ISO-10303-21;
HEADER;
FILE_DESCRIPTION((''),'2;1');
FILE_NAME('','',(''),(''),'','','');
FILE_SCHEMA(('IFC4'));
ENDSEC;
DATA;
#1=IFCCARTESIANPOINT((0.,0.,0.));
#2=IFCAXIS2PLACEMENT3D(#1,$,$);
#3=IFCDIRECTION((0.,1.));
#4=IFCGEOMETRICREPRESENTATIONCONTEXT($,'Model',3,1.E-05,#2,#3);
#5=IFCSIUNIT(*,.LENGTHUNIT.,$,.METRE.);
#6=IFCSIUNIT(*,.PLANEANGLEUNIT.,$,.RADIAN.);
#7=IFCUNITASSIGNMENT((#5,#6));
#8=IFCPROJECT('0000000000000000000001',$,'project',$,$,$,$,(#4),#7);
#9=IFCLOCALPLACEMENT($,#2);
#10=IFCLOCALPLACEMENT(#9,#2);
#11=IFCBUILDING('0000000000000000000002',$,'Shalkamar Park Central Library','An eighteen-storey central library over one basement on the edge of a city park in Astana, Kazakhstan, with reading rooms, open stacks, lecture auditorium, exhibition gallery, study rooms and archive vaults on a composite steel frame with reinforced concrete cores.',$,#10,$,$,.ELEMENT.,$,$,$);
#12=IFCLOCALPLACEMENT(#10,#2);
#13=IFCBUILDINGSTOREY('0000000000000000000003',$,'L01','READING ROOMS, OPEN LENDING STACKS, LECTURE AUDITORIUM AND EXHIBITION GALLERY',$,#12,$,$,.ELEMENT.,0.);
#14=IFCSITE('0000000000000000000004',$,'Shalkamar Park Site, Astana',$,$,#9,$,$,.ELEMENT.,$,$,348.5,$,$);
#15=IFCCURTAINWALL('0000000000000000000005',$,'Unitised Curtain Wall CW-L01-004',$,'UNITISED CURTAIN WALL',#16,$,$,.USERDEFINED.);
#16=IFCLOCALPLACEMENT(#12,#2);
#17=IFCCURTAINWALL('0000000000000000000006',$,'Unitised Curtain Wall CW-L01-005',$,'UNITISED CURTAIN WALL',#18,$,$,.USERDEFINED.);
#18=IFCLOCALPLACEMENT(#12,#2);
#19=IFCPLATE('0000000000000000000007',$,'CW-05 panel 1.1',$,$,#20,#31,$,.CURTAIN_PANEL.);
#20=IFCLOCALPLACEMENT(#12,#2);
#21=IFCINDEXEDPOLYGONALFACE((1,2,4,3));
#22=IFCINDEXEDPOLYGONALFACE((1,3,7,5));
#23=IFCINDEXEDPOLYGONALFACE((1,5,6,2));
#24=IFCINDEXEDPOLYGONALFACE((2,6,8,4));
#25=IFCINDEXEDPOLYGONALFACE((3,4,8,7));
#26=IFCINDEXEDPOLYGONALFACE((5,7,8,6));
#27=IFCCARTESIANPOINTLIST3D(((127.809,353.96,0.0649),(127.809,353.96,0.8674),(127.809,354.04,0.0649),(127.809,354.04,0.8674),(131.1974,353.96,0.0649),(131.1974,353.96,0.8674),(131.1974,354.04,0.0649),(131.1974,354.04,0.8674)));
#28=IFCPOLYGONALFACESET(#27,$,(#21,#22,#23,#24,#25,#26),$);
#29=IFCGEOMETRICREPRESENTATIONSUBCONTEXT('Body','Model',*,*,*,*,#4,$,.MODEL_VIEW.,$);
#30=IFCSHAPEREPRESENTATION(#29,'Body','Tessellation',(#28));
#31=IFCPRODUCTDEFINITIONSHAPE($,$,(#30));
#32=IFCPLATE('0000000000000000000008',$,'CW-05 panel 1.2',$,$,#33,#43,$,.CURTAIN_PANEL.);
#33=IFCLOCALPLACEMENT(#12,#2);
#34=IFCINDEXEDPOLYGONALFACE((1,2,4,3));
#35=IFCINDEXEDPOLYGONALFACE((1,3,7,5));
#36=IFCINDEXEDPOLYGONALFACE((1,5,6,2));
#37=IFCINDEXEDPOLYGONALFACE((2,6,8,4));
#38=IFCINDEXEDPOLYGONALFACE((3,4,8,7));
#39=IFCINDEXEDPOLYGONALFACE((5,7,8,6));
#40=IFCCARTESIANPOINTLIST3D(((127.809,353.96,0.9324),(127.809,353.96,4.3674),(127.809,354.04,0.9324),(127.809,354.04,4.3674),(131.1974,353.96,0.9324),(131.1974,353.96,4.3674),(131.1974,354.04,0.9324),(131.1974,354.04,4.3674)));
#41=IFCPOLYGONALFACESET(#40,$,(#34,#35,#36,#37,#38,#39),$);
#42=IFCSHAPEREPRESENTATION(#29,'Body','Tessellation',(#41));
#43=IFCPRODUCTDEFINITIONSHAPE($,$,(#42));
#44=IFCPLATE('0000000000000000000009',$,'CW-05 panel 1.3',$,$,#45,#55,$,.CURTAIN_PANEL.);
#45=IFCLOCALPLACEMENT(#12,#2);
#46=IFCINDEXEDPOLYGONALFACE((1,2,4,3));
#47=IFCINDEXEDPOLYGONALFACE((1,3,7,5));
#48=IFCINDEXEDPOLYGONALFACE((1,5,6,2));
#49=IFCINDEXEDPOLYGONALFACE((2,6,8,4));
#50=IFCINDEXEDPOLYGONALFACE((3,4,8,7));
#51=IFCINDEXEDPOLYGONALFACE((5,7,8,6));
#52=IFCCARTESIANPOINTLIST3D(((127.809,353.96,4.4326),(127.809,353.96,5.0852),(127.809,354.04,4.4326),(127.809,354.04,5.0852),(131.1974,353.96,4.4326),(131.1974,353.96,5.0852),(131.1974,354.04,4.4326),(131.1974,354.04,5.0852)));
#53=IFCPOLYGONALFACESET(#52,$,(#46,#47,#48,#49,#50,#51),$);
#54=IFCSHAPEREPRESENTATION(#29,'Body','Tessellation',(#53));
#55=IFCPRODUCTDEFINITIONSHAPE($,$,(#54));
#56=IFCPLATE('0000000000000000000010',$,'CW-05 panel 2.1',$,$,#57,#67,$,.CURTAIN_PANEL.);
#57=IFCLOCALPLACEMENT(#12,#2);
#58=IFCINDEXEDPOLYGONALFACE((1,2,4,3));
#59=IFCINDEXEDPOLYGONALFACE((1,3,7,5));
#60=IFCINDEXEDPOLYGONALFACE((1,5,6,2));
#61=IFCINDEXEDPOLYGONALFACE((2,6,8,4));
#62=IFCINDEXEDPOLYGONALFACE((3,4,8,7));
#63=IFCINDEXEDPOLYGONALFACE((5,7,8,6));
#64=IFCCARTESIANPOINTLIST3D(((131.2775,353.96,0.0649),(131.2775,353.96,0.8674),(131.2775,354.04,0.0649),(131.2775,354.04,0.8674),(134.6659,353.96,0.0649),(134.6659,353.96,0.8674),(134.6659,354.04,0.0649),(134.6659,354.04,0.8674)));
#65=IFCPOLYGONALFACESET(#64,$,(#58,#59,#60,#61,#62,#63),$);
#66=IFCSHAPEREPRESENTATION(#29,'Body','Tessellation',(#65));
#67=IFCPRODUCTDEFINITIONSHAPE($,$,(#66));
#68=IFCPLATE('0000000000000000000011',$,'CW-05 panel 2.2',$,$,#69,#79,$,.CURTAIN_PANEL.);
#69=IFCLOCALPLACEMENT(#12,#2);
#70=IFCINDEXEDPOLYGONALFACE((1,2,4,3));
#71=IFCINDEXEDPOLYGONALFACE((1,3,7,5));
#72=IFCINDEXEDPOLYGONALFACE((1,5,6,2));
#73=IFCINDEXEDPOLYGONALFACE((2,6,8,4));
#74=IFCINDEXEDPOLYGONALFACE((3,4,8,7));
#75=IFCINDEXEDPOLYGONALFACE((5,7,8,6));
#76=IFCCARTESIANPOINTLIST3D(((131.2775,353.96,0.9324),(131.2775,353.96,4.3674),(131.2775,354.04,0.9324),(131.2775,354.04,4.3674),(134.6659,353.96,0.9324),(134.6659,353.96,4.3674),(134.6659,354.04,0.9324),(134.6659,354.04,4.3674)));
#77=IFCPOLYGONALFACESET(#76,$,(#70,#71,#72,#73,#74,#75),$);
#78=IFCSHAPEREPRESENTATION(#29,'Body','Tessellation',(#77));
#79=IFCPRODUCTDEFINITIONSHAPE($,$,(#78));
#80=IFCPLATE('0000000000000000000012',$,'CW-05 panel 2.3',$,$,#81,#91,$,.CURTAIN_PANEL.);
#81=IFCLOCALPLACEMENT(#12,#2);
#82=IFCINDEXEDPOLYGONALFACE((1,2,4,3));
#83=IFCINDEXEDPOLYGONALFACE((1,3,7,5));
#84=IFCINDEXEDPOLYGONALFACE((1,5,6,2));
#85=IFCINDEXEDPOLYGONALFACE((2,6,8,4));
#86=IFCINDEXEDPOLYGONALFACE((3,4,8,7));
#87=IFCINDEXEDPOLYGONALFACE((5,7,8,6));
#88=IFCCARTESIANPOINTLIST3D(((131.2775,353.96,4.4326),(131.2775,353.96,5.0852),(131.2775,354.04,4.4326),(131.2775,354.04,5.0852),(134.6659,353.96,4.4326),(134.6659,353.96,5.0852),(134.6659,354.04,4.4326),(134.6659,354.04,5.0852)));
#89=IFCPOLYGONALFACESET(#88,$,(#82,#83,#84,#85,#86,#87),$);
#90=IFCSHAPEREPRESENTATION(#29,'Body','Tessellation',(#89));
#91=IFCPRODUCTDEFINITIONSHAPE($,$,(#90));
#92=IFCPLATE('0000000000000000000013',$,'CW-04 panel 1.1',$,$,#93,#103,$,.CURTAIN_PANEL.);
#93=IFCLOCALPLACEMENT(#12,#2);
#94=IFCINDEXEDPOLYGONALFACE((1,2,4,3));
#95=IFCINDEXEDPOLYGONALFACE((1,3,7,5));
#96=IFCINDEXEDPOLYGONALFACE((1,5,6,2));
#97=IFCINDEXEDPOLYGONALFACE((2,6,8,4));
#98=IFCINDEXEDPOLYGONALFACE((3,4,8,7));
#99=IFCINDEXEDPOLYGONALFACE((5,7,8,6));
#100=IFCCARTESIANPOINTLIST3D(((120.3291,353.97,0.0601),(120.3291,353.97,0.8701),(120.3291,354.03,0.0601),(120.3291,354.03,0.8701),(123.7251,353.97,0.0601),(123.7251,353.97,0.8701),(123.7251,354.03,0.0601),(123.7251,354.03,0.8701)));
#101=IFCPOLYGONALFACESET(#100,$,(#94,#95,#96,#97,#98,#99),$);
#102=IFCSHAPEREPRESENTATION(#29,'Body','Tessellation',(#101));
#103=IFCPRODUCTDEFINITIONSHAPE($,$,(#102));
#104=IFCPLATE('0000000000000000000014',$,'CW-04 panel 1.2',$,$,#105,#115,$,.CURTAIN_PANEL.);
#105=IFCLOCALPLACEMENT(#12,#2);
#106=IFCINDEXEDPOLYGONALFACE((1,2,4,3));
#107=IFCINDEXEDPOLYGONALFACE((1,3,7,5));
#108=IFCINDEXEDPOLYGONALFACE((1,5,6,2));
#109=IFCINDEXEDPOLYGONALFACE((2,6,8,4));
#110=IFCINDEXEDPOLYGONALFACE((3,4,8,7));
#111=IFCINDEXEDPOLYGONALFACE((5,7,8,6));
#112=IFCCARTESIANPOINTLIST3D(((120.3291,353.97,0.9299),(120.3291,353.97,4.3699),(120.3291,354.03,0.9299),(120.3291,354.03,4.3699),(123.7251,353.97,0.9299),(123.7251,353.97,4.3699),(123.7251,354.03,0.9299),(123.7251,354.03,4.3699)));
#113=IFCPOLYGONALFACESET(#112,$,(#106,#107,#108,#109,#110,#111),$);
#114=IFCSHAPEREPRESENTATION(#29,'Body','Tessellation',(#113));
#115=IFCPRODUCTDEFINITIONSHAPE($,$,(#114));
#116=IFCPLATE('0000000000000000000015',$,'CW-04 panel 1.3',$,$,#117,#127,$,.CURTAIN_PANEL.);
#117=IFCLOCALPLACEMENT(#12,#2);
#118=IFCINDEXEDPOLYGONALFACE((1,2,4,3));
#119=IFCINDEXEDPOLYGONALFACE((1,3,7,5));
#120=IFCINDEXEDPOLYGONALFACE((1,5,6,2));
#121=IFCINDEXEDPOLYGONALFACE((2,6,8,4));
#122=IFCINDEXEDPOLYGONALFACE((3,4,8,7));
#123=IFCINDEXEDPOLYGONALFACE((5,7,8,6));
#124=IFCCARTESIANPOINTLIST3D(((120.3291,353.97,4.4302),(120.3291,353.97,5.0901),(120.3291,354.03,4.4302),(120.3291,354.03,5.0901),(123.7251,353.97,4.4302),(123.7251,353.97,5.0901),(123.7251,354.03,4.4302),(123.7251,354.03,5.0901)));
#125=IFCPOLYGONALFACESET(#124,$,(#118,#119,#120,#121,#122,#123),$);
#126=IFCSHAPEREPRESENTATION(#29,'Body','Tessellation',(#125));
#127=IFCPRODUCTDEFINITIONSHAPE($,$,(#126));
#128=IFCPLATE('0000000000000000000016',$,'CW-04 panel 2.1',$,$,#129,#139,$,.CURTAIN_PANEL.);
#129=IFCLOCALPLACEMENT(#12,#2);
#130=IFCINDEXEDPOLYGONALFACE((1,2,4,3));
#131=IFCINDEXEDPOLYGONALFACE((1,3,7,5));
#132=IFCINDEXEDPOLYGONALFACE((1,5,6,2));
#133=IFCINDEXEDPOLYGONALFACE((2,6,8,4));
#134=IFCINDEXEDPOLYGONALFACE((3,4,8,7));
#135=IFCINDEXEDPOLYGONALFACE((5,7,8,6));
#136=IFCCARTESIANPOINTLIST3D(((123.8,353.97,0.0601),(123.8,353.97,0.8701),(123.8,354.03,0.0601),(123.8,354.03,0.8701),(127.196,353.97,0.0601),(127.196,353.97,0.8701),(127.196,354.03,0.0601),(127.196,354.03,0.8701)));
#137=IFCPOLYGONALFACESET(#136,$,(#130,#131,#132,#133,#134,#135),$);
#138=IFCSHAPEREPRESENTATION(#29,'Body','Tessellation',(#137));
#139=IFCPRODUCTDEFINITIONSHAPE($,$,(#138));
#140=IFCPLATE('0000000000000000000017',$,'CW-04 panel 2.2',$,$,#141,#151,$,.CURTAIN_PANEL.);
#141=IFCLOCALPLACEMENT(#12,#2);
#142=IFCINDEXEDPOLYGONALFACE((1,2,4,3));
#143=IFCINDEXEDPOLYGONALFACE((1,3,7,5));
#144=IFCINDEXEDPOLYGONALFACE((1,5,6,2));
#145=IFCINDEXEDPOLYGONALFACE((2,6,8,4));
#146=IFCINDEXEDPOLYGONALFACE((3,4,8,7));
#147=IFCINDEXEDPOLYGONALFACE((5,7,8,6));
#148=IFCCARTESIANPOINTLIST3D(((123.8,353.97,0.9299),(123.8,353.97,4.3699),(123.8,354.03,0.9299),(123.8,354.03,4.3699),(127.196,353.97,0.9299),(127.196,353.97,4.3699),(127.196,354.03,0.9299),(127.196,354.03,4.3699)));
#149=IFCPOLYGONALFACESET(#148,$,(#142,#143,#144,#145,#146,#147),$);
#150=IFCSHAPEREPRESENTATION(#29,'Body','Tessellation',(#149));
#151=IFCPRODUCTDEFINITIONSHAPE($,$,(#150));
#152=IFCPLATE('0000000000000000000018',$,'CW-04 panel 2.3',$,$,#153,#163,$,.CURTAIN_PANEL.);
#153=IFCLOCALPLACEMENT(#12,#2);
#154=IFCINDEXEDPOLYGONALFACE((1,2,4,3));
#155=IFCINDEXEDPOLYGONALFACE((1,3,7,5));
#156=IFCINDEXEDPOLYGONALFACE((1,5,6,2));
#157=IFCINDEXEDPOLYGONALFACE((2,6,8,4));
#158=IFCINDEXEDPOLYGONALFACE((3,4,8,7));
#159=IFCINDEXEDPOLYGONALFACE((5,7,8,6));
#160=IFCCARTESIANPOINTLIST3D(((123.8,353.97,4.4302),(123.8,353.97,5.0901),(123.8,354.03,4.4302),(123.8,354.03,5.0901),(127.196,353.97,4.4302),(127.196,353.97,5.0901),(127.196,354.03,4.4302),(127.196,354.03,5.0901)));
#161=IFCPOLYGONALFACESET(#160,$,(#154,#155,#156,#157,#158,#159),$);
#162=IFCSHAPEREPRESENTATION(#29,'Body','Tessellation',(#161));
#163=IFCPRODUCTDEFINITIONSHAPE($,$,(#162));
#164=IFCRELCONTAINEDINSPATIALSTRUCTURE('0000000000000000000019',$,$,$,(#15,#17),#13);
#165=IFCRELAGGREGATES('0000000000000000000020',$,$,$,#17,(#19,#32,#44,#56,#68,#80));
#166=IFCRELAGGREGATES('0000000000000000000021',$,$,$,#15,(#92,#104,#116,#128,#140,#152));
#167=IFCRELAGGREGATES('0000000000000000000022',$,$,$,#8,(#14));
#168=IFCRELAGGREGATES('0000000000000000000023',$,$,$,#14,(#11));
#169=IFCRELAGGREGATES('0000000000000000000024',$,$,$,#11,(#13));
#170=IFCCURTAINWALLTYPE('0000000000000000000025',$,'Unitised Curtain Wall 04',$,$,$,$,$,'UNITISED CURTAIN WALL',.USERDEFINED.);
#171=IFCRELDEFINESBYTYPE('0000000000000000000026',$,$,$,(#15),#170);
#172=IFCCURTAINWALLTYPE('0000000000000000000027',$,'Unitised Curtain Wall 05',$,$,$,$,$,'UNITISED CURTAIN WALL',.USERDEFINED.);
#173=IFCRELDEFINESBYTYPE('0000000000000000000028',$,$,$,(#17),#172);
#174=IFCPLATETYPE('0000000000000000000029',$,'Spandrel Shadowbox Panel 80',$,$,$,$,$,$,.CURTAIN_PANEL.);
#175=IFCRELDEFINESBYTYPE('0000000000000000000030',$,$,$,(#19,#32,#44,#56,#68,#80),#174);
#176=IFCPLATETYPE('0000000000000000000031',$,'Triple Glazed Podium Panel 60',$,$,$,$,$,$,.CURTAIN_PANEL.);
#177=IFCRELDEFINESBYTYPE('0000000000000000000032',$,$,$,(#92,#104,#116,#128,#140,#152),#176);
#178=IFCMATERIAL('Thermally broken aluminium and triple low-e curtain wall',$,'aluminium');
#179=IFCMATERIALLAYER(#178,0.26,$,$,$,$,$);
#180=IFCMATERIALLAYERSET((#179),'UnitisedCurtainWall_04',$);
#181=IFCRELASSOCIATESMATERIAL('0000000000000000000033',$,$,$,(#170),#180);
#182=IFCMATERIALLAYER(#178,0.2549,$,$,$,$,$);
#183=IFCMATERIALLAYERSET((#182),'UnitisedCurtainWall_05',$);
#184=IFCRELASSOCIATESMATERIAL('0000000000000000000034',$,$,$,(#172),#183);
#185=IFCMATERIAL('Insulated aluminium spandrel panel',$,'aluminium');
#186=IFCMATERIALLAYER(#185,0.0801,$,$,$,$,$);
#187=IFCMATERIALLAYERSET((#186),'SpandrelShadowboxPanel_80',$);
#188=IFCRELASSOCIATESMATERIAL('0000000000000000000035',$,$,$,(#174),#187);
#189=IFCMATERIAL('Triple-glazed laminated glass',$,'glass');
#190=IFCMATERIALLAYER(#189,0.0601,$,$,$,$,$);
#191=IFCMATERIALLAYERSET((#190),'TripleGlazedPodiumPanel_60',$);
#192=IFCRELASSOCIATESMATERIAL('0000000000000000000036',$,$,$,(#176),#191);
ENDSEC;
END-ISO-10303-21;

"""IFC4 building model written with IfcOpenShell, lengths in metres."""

from ifc_helpers import new_model, si_unit, direction, frame, origin, origin_2d, place, context, subcontext, project, spatial, rectangle, extrude, material, layer, layer_set, type_object, element, aggregate, save


model = new_model("IFC4")

# Units and contexts
model_context = context("Model", 3, precision=1e-05, world=origin(), true_north=direction((0.0, 1.0)))
body_context = subcontext(model_context, "Body", "Model", "MODEL_VIEW")
ifc_project = project(units=[si_unit("LENGTHUNIT", "METRE"), si_unit("PLANEANGLEUNIT", "RADIAN")], contexts=[model_context])

# Site, building, storey
site_placement = place(None, origin())
site = spatial("IfcSite", under=ifc_project, at=site_placement, Name="Shalkamar Park Site, Astana", CompositionType="ELEMENT", RefElevation=348.5)
building_placement = place(site_placement, origin())
building = spatial("IfcBuilding", under=site, at=building_placement, Name="Shalkamar Park Central Library", Description="An eighteen-storey central library over one basement on the edge of a city park in Astana, Kazakhstan, with reading rooms, open stacks, lecture auditorium, exhibition gallery, study rooms and archive vaults on a composite steel frame with reinforced concrete cores.", CompositionType="ELEMENT")
storey_placement = place(building_placement, origin())
storey = spatial("IfcBuildingStorey", under=building, at=storey_placement, Name="L01", Description="READING ROOMS, OPEN LENDING STACKS, LECTURE AUDITORIUM AND EXHIBITION GALLERY", CompositionType="ELEMENT", Elevation=0.0)

# Curtain walls
ifc_material_1 = material(Name="Thermally broken aluminium and triple low-e curtain wall", Category="aluminium")
ifc_layer_1 = layer(ifc_material_1, 0.26)
ifc_layer_set_1 = layer_set([ifc_layer_1], Name="UnitisedCurtainWall_04")
curtain_wall_type_1 = type_object("IfcCurtainWallType", Name="Unitised Curtain Wall 04", ElementType="UNITISED CURTAIN WALL", PredefinedType="USERDEFINED", material=ifc_layer_set_1)
curtain_wall_1_placement = place(storey_placement, origin())
curtain_wall_1 = element("IfcCurtainWall", 1, at=curtain_wall_1_placement, inside=storey, type_object=curtain_wall_type_1, Name="Unitised Curtain Wall CW-L01-004", ObjectType="UNITISED CURTAIN WALL", PredefinedType="USERDEFINED")
ifc_layer_2 = layer(ifc_material_1, 0.2549)
ifc_layer_set_2 = layer_set([ifc_layer_2], Name="UnitisedCurtainWall_05")
curtain_wall_type_2 = type_object("IfcCurtainWallType", Name="Unitised Curtain Wall 05", ElementType="UNITISED CURTAIN WALL", PredefinedType="USERDEFINED", material=ifc_layer_set_2)
curtain_wall_2_placement = place(storey_placement, origin())
curtain_wall_2 = element("IfcCurtainWall", 2, at=curtain_wall_2_placement, inside=storey, type_object=curtain_wall_type_2, Name="Unitised Curtain Wall CW-L01-005", ObjectType="UNITISED CURTAIN WALL", PredefinedType="USERDEFINED")

# Plates
ifc_material_2 = material(Name="Insulated aluminium spandrel panel", Category="aluminium")
ifc_layer_3 = layer(ifc_material_2, 0.0801)
ifc_layer_set_3 = layer_set([ifc_layer_3], Name="SpandrelShadowboxPanel_80")
plate_type_1 = type_object("IfcPlateType", Name="Spandrel Shadowbox Panel 80", PredefinedType="CURTAIN_PANEL", material=ifc_layer_set_3)
plate_1_placement = place(storey_placement, frame((129.5032, 354.0, 0.0649), z_axis=(0.0, 0.0, 1.0), x_axis=(1.0, 0.0, 0.0)))
plate_1 = element("IfcPlate", 3, at=plate_1_placement, type_object=plate_type_1, Name="CW-05 panel 1.1", PredefinedType="CURTAIN_PANEL", context=body_context, shape_type="SweptSolid", body=[
    extrude(rectangle(XDim=3.3884, YDim=0.0801, at=origin_2d()), origin(), (0.0, 0.0, 1.0), 0.8025),
])
plate_2_placement = place(storey_placement, frame((129.5032, 354.0, 0.9324), z_axis=(0.0, 0.0, 1.0), x_axis=(1.0, 0.0, 0.0)))
plate_2 = element("IfcPlate", 4, at=plate_2_placement, type_object=plate_type_1, Name="CW-05 panel 1.2", PredefinedType="CURTAIN_PANEL", context=body_context, shape_type="SweptSolid", body=[
    extrude(rectangle(XDim=3.3884, YDim=0.0801, at=origin_2d()), origin(), (0.0, 0.0, 1.0), 3.4351),
])
plate_3_placement = place(storey_placement, frame((129.5032, 354.0, 4.4326), z_axis=(0.0, 0.0, 1.0), x_axis=(1.0, 0.0, 0.0)))
plate_3 = element("IfcPlate", 5, at=plate_3_placement, type_object=plate_type_1, Name="CW-05 panel 1.3", PredefinedType="CURTAIN_PANEL", context=body_context, shape_type="SweptSolid", body=[
    extrude(rectangle(XDim=3.3884, YDim=0.0801, at=origin_2d()), origin(), (0.0, 0.0, 1.0), 0.6526),
])
plate_4_placement = place(storey_placement, frame((132.9717, 354.0, 0.0649), z_axis=(0.0, 0.0, 1.0), x_axis=(1.0, 0.0, 0.0)))
plate_4 = element("IfcPlate", 6, at=plate_4_placement, type_object=plate_type_1, Name="CW-05 panel 2.1", PredefinedType="CURTAIN_PANEL", context=body_context, shape_type="SweptSolid", body=[
    extrude(rectangle(XDim=3.3884, YDim=0.0801, at=origin_2d()), origin(), (0.0, 0.0, 1.0), 0.8025),
])
plate_5_placement = place(storey_placement, frame((132.9717, 354.0, 0.9324), z_axis=(0.0, 0.0, 1.0), x_axis=(1.0, 0.0, 0.0)))
plate_5 = element("IfcPlate", 7, at=plate_5_placement, type_object=plate_type_1, Name="CW-05 panel 2.2", PredefinedType="CURTAIN_PANEL", context=body_context, shape_type="SweptSolid", body=[
    extrude(rectangle(XDim=3.3884, YDim=0.0801, at=origin_2d()), origin(), (0.0, 0.0, 1.0), 3.4351),
])
plate_6_placement = place(storey_placement, frame((132.9717, 354.0, 4.4326), z_axis=(0.0, 0.0, 1.0), x_axis=(1.0, 0.0, 0.0)))
plate_6 = element("IfcPlate", 8, at=plate_6_placement, type_object=plate_type_1, Name="CW-05 panel 2.3", PredefinedType="CURTAIN_PANEL", context=body_context, shape_type="SweptSolid", body=[
    extrude(rectangle(XDim=3.3884, YDim=0.0801, at=origin_2d()), origin(), (0.0, 0.0, 1.0), 0.6526),
])
aggregate(curtain_wall_2, [plate_1, plate_2, plate_3, plate_4, plate_5, plate_6])
ifc_material_3 = material(Name="Triple-glazed laminated glass", Category="glass")
ifc_layer_4 = layer(ifc_material_3, 0.0601)
ifc_layer_set_4 = layer_set([ifc_layer_4], Name="TripleGlazedPodiumPanel_60")
plate_type_2 = type_object("IfcPlateType", Name="Triple Glazed Podium Panel 60", PredefinedType="CURTAIN_PANEL", material=ifc_layer_set_4)
plate_7_placement = place(storey_placement, frame((122.0271, 354.0, 0.0601), z_axis=(0.0, 0.0, 1.0), x_axis=(1.0, 0.0, 0.0)))
plate_7 = element("IfcPlate", 9, at=plate_7_placement, type_object=plate_type_2, Name="CW-04 panel 1.1", PredefinedType="CURTAIN_PANEL", context=body_context, shape_type="SweptSolid", body=[
    extrude(rectangle(XDim=3.396, YDim=0.0601, at=origin_2d()), origin(), (0.0, 0.0, 1.0), 0.8101),
])
plate_8_placement = place(storey_placement, frame((122.0271, 354.0, 0.9299), z_axis=(0.0, 0.0, 1.0), x_axis=(1.0, 0.0, 0.0)))
plate_8 = element("IfcPlate", 10, at=plate_8_placement, type_object=plate_type_2, Name="CW-04 panel 1.2", PredefinedType="CURTAIN_PANEL", context=body_context, shape_type="SweptSolid", body=[
    extrude(rectangle(XDim=3.396, YDim=0.0601, at=origin_2d()), origin(), (0.0, 0.0, 1.0), 3.4399),
])
plate_9_placement = place(storey_placement, frame((122.0271, 354.0, 4.4302), z_axis=(0.0, 0.0, 1.0), x_axis=(1.0, 0.0, 0.0)))
plate_9 = element("IfcPlate", 11, at=plate_9_placement, type_object=plate_type_2, Name="CW-04 panel 1.3", PredefinedType="CURTAIN_PANEL", context=body_context, shape_type="SweptSolid", body=[
    extrude(rectangle(XDim=3.396, YDim=0.0601, at=origin_2d()), origin(), (0.0, 0.0, 1.0), 0.6599),
])
plate_10_placement = place(storey_placement, frame((125.498, 354.0, 0.0601), z_axis=(0.0, 0.0, 1.0), x_axis=(1.0, 0.0, 0.0)))
plate_10 = element("IfcPlate", 12, at=plate_10_placement, type_object=plate_type_2, Name="CW-04 panel 2.1", PredefinedType="CURTAIN_PANEL", context=body_context, shape_type="SweptSolid", body=[
    extrude(rectangle(XDim=3.396, YDim=0.0601, at=origin_2d()), origin(), (0.0, 0.0, 1.0), 0.8101),
])
plate_11_placement = place(storey_placement, frame((125.498, 354.0, 0.9299), z_axis=(0.0, 0.0, 1.0), x_axis=(1.0, 0.0, 0.0)))
plate_11 = element("IfcPlate", 13, at=plate_11_placement, type_object=plate_type_2, Name="CW-04 panel 2.2", PredefinedType="CURTAIN_PANEL", context=body_context, shape_type="SweptSolid", body=[
    extrude(rectangle(XDim=3.396, YDim=0.0601, at=origin_2d()), origin(), (0.0, 0.0, 1.0), 3.4399),
])
plate_12_placement = place(storey_placement, frame((125.498, 354.0, 4.4302), z_axis=(0.0, 0.0, 1.0), x_axis=(1.0, 0.0, 0.0)))
plate_12 = element("IfcPlate", 14, at=plate_12_placement, type_object=plate_type_2, Name="CW-04 panel 2.3", PredefinedType="CURTAIN_PANEL", context=body_context, shape_type="SweptSolid", body=[
    extrude(rectangle(XDim=3.396, YDim=0.0601, at=origin_2d()), origin(), (0.0, 0.0, 1.0), 0.6599),
])
aggregate(curtain_wall_1, [plate_7, plate_8, plate_9, plate_10, plate_11, plate_12])

save(model, "model.ifc")
